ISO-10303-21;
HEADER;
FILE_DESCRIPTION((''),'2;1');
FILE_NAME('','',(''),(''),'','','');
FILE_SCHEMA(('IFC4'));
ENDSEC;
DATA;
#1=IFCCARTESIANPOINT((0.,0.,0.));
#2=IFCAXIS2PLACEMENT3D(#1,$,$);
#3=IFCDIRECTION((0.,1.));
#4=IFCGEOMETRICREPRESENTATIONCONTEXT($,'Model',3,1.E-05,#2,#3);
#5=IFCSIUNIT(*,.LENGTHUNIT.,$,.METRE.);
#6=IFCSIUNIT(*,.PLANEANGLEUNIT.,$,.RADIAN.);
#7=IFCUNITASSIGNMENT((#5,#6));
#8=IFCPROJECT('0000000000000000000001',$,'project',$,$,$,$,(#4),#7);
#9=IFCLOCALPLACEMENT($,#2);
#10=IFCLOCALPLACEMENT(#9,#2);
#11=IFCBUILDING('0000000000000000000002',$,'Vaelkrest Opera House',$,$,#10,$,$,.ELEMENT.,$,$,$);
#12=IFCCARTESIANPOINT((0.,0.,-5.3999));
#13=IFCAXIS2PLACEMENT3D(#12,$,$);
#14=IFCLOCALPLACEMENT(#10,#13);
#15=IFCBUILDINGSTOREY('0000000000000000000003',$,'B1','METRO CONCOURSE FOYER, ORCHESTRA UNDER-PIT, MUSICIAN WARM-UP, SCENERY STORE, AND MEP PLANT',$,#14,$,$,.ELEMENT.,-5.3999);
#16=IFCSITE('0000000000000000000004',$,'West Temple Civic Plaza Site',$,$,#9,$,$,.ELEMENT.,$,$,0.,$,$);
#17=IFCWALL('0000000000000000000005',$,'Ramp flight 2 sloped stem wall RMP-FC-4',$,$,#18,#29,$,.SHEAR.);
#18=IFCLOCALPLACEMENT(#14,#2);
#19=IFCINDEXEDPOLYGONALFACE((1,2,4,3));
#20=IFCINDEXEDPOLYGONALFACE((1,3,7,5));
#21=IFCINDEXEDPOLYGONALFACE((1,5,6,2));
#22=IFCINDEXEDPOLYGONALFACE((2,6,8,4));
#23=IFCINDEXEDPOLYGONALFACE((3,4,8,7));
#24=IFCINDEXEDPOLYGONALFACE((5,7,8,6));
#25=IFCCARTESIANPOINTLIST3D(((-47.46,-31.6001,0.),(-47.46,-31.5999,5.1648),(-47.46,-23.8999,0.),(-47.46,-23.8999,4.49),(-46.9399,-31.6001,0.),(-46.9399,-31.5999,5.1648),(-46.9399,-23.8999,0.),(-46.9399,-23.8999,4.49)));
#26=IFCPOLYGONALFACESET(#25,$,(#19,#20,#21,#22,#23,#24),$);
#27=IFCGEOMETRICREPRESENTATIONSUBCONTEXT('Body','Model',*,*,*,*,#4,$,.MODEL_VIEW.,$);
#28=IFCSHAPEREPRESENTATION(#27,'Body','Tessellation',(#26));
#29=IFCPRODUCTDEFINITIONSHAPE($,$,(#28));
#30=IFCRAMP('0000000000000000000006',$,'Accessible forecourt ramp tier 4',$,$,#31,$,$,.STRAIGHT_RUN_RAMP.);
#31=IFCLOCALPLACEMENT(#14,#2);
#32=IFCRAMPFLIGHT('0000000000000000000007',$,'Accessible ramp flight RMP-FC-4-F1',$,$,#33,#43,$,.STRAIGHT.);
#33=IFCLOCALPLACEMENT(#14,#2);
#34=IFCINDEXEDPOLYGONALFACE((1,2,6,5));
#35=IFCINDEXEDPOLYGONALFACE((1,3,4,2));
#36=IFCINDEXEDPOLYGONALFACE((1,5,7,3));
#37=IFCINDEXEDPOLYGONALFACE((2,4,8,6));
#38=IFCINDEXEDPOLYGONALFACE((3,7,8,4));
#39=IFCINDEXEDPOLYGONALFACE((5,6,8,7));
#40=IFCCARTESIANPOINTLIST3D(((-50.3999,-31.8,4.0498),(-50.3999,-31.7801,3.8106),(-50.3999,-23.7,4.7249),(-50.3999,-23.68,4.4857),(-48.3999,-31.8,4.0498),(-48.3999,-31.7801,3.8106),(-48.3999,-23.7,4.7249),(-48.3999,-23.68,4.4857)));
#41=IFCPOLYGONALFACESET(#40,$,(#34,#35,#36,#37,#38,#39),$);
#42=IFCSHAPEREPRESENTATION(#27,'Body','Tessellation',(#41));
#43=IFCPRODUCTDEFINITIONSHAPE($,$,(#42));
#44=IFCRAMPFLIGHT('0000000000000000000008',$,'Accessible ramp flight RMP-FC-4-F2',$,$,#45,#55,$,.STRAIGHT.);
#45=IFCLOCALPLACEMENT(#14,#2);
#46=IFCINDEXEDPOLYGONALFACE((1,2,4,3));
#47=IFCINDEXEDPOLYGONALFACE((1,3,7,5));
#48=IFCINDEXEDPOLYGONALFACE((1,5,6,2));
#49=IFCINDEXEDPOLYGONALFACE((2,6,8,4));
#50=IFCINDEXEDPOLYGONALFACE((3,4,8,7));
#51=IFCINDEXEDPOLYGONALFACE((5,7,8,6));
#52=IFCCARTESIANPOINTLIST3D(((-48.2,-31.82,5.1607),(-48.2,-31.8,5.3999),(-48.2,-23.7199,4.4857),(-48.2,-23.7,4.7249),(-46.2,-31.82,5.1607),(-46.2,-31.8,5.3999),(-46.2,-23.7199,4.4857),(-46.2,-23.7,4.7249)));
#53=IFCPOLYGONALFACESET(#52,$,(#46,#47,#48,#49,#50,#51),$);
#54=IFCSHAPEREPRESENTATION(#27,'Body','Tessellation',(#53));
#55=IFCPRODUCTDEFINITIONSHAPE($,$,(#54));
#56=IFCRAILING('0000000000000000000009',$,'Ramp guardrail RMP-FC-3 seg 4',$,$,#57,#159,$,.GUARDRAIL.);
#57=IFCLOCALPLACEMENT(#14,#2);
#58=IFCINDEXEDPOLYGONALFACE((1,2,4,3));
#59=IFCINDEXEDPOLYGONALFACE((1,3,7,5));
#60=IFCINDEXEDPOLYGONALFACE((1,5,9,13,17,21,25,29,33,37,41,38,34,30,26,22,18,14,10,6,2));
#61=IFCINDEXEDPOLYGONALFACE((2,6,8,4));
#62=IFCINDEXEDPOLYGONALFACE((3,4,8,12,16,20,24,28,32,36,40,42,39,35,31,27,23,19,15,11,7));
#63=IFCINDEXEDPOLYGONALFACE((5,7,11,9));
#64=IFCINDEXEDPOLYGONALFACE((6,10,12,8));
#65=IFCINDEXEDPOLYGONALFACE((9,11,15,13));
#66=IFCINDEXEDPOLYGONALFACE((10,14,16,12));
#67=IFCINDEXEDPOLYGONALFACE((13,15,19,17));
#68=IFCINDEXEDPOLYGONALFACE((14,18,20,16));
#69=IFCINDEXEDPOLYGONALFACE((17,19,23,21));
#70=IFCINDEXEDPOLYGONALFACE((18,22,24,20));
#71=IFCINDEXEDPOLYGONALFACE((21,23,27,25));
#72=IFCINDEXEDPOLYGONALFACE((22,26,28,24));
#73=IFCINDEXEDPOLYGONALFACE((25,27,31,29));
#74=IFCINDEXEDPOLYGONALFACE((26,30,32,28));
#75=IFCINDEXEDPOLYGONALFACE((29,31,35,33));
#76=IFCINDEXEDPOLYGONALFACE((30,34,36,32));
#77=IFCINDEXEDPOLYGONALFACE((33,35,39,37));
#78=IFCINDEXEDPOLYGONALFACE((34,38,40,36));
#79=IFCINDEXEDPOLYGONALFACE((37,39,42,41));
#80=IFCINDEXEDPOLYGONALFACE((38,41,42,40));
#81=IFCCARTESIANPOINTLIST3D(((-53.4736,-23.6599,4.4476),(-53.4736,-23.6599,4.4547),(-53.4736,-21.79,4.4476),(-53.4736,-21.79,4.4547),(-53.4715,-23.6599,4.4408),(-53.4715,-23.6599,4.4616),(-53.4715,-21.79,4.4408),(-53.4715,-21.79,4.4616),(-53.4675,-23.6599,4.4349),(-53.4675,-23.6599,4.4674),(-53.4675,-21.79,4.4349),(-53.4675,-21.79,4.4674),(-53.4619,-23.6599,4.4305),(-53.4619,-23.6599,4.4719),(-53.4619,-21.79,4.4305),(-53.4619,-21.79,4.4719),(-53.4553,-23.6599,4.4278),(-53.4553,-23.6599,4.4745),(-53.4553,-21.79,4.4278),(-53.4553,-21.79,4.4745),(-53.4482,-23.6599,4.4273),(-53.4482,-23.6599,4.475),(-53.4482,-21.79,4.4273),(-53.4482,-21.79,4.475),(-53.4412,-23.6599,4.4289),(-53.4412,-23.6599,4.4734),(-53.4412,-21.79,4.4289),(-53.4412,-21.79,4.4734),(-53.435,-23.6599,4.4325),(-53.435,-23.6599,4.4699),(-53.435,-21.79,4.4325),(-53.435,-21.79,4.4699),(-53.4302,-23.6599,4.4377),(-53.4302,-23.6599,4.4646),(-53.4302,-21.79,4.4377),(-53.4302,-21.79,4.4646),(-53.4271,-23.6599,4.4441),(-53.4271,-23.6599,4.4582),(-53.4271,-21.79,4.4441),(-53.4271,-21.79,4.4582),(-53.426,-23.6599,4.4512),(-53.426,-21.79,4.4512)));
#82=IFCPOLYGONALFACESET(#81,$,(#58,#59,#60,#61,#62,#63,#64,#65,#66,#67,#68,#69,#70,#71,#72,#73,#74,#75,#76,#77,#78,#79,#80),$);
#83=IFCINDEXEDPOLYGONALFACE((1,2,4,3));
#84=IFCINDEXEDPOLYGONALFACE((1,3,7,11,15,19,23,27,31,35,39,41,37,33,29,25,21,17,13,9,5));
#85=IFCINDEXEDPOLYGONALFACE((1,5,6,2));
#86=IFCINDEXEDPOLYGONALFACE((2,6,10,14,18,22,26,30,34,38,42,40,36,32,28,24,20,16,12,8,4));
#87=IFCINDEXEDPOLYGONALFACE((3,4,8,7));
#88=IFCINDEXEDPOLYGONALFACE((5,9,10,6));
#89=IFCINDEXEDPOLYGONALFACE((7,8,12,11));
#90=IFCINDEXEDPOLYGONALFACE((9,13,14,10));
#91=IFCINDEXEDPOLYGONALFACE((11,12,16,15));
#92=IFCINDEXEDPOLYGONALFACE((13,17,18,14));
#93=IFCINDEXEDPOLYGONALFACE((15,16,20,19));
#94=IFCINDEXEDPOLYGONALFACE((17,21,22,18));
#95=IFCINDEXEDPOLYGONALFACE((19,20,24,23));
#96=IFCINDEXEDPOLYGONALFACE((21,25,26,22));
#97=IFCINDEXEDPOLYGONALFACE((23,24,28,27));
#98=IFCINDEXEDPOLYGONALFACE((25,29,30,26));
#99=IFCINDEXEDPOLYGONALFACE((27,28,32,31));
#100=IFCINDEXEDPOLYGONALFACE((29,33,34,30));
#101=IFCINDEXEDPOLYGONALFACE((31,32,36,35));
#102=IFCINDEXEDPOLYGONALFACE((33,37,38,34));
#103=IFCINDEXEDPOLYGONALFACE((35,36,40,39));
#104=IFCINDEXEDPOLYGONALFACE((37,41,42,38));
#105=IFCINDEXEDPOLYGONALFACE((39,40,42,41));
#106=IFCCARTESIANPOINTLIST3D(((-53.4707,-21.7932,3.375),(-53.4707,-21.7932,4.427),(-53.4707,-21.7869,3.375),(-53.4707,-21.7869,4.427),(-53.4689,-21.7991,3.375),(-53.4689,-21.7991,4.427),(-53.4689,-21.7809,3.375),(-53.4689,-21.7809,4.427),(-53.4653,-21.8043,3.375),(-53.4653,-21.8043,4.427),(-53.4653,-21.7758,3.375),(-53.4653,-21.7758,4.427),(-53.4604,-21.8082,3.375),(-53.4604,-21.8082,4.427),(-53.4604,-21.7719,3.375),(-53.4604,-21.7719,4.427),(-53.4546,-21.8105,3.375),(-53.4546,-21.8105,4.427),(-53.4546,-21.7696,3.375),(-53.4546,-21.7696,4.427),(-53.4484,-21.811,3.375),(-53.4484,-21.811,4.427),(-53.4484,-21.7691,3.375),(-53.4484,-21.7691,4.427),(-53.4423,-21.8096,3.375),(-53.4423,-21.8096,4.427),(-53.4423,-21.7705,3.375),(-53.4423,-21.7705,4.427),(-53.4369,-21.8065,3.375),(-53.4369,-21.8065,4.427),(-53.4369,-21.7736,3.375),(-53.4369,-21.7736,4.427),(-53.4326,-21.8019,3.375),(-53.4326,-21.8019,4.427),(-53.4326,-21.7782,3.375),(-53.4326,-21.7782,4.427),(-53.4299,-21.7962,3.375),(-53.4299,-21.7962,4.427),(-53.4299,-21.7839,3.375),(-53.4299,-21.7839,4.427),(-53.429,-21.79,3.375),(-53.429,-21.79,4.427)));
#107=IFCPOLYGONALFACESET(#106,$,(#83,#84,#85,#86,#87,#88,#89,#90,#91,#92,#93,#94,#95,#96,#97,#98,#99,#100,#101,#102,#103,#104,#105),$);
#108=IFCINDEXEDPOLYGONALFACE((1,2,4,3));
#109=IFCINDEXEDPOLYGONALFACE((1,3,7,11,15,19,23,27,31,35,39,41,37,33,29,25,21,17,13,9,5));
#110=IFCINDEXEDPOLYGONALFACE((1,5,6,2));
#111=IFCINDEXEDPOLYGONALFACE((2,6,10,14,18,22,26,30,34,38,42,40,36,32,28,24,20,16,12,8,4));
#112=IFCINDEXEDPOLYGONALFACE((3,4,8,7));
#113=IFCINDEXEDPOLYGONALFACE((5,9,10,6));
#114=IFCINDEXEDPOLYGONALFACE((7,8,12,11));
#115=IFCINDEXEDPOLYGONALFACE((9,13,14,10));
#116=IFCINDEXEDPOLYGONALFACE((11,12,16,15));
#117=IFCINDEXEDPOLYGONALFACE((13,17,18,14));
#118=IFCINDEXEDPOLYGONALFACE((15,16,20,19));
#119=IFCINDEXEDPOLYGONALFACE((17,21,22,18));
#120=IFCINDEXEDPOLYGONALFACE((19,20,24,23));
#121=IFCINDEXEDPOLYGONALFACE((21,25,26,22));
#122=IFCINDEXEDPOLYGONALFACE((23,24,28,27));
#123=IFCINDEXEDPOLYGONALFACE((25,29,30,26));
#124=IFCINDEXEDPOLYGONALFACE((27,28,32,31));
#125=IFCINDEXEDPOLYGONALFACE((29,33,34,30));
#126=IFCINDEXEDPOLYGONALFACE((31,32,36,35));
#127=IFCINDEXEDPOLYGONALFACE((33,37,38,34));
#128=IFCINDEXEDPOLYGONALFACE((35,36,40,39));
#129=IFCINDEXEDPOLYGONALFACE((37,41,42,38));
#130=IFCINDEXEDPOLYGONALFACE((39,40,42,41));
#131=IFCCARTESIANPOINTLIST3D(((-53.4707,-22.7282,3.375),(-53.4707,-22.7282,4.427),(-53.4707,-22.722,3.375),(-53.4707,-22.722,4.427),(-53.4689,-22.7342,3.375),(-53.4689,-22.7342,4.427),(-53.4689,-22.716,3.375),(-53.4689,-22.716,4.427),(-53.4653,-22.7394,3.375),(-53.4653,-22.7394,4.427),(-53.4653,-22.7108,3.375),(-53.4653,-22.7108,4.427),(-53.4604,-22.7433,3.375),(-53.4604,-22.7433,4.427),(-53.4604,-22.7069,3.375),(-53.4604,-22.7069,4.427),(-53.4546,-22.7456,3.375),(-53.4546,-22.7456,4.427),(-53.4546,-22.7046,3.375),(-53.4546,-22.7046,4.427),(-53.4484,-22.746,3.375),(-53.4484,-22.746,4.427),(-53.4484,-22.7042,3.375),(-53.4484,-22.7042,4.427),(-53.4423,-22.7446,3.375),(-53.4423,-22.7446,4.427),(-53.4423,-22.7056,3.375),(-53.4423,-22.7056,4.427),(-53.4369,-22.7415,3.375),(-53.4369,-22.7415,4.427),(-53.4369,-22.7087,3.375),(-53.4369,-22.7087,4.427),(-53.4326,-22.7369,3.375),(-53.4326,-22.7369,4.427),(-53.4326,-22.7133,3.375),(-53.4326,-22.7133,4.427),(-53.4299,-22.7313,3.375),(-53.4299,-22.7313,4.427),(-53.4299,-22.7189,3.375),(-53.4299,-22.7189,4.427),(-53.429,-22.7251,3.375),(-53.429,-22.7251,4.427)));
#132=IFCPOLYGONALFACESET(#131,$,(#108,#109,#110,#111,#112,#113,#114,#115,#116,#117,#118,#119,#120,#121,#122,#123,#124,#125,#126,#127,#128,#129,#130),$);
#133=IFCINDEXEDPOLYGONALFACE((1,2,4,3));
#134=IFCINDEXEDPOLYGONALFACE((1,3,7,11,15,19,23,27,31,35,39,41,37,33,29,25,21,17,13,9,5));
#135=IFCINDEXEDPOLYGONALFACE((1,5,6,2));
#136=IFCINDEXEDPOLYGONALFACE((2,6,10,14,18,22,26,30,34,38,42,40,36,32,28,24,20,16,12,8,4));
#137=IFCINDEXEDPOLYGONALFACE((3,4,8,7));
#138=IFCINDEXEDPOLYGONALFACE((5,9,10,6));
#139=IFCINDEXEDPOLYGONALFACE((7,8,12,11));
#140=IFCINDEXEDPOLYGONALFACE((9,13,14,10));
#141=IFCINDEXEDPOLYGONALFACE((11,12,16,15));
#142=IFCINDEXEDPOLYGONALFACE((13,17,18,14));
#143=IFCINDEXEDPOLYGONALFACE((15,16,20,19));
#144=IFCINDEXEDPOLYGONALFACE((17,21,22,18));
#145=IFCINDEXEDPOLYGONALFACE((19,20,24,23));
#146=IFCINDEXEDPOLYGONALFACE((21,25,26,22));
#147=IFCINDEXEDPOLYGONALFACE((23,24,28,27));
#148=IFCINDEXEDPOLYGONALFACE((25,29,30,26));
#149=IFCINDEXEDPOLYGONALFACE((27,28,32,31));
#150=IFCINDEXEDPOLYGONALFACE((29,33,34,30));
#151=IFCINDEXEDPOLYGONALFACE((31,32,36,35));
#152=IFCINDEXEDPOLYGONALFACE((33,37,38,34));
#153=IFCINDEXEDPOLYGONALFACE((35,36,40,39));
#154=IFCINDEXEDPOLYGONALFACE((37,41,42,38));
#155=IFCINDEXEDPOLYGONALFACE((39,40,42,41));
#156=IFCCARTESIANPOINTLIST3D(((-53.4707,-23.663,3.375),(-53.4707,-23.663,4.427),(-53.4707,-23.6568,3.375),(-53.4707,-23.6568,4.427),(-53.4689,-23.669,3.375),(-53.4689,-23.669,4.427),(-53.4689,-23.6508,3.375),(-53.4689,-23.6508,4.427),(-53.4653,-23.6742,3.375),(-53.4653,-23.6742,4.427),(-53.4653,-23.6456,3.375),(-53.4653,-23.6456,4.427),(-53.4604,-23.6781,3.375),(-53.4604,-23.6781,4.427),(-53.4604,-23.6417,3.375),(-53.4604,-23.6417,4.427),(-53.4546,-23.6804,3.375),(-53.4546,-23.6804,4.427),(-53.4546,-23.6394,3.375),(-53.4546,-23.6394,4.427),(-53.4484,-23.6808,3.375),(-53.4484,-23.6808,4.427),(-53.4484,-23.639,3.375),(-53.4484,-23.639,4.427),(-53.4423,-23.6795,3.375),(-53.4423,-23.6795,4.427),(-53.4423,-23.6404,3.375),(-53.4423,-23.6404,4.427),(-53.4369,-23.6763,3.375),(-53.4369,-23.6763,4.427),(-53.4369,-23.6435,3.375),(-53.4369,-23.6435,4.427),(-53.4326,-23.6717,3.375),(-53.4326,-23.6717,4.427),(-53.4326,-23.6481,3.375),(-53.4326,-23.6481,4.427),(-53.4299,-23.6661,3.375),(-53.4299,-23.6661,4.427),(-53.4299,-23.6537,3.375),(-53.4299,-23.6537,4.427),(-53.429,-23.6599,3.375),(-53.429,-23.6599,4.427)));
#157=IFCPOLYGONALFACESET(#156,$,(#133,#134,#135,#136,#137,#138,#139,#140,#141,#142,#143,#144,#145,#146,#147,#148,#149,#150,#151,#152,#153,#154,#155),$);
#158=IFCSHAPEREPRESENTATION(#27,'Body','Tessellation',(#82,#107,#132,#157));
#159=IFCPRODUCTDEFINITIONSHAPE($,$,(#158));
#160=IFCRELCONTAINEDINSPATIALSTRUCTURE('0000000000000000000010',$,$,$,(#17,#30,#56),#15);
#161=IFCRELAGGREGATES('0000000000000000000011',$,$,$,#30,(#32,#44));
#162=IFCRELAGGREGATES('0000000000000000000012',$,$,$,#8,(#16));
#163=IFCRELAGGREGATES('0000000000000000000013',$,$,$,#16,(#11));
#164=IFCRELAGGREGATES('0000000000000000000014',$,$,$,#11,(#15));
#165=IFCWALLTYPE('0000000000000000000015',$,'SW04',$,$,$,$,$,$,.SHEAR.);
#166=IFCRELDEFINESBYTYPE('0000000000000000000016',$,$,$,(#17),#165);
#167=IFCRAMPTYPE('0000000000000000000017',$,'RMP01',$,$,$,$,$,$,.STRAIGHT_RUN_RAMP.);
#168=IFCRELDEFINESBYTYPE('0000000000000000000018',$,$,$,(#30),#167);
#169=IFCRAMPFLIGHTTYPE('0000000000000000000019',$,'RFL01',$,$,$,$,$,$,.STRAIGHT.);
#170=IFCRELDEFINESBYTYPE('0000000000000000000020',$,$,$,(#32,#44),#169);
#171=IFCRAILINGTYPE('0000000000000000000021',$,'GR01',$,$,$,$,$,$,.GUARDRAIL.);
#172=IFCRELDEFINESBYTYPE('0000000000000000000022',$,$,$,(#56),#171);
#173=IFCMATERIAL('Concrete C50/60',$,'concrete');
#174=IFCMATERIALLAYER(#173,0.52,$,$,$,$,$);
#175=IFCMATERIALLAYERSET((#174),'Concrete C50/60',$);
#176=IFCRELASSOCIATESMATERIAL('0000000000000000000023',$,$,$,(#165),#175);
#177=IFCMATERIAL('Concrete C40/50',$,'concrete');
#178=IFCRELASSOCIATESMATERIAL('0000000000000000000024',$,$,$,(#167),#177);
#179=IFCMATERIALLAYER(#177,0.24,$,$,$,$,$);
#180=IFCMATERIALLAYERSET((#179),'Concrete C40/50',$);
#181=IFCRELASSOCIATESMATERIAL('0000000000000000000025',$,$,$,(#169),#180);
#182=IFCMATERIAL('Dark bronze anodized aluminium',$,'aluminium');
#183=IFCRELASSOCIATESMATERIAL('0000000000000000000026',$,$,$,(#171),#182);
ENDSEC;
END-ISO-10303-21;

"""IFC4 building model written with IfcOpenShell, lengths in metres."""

from ifc_helpers import new_model, si_unit, direction, frame, origin, origin_2d, place, context, subcontext, project, spatial, polyline, circle, outline, extrude, material, layer, layer_set, type_object, element, aggregate, save


model = new_model("IFC4")

# Units and contexts
model_context = context("Model", 3, precision=1e-05, world=origin(), true_north=direction((0.0, 1.0)))
body_context = subcontext(model_context, "Body", "Model", "MODEL_VIEW")
ifc_project = project(units=[si_unit("LENGTHUNIT", "METRE"), si_unit("PLANEANGLEUNIT", "RADIAN")], contexts=[model_context])

# Site, building, storey
site_placement = place(None, origin())
site = spatial("IfcSite", under=ifc_project, at=site_placement, Name="West Temple Civic Plaza Site", CompositionType="ELEMENT", RefElevation=0.0)
building_placement = place(site_placement, origin())
building = spatial("IfcBuilding", under=site, at=building_placement, Name="Vaelkrest Opera House", CompositionType="ELEMENT")
storey_placement = place(building_placement, frame((0.0, 0.0, -5.3999)))
storey = spatial("IfcBuildingStorey", under=building, at=storey_placement, Name="B1", Description="METRO CONCOURSE FOYER, ORCHESTRA UNDER-PIT, MUSICIAN WARM-UP, SCENERY STORE, AND MEP PLANT", CompositionType="ELEMENT", Elevation=-5.3999)

# Shared definitions
ifc_material_1 = material(Name="Concrete C40/50", Category="concrete")

# Shared definitions
ifc_material_2 = material(Name="Dark bronze anodized aluminium", Category="aluminium")

# Wall
ifc_material_3 = material(Name="Concrete C50/60", Category="concrete")
ifc_layer_1 = layer(ifc_material_3, 0.52)
ifc_layer_set_1 = layer_set([ifc_layer_1], Name="Concrete C50/60")
wall_type = type_object("IfcWallType", Name="SW04", PredefinedType="SHEAR", material=ifc_layer_set_1)
wall_1_placement = place(storey_placement, frame((-47.2, -23.8999, 0.0), z_axis=(0.0, 0.0, 1.0), x_axis=(0.0, -1.0, 0.0)))
element("IfcWall", 1, at=wall_1_placement, inside=storey, type_object=wall_type, Name="Ramp flight 2 sloped stem wall RMP-FC-4", PredefinedType="SHEAR", context=body_context, shape_type="SweptSolid", body=[
    extrude(outline(polyline([(0.0, 0.0), (7.7002, 0.0), (7.7, 5.1648), (0.0, 4.49), (0.0, 0.0)])), frame((0.0, 0.26, 0.0), z_axis=(0.0, -1.0, 0.0), x_axis=(1.0, 0.0, 0.0)), (0.0, 0.0, 1.0), 0.52),
])

# Ramp, ramp flights
ramp_type = type_object("IfcRampType", Name="RMP01", PredefinedType="STRAIGHT_RUN_RAMP", material=ifc_material_1)
ramp_placement = place(storey_placement, origin())
ramp = element("IfcRamp", 2, at=ramp_placement, inside=storey, type_object=ramp_type, Name="Accessible forecourt ramp tier 4", PredefinedType="STRAIGHT_RUN_RAMP")
ifc_layer_2 = layer(ifc_material_1, 0.24)
ifc_layer_set_2 = layer_set([ifc_layer_2], Name="Concrete C40/50")
ramp_flight_type = type_object("IfcRampFlightType", Name="RFL01", PredefinedType="STRAIGHT", material=ifc_layer_set_2)
ramp_flight_1_placement = place(storey_placement, frame((-50.3999, -31.8, 4.0498), z_axis=(0.0, -0.08305, 0.996545), x_axis=(1.0, 0.0, 0.0)))
ramp_flight_1 = element("IfcRampFlight", 3, at=ramp_flight_1_placement, type_object=ramp_flight_type, Name="Accessible ramp flight RMP-FC-4-F1", PredefinedType="STRAIGHT", context=body_context, shape_type="SweptSolid", body=[
    extrude(outline(polyline([(0.0, 0.0), (2.0, 0.0), (2.0, 8.1282), (0.0, 8.1282), (0.0, 0.0)])), origin(), (0.0, 0.0, -1.0), 0.24),
])
ramp_flight_2_placement = place(storey_placement, frame((-48.2, -23.7, 4.7249), z_axis=(0.0, 0.08305, 0.996545), x_axis=(1.0, 0.0, 0.0)))
ramp_flight_2 = element("IfcRampFlight", 4, at=ramp_flight_2_placement, type_object=ramp_flight_type, Name="Accessible ramp flight RMP-FC-4-F2", PredefinedType="STRAIGHT", context=body_context, shape_type="SweptSolid", body=[
    extrude(outline(polyline([(0.0, 0.0), (2.0, 0.0), (2.0, -8.1282), (0.0, -8.1282), (0.0, 0.0)])), origin(), (0.0, 0.0, -1.0), 0.24),
])
aggregate(ramp, [ramp_flight_1, ramp_flight_2])

# Railing
railing_type = type_object("IfcRailingType", Name="GR01", PredefinedType="GUARDRAIL", material=ifc_material_2)
railing_1_placement = place(storey_placement, frame((-53.45, -21.79, 3.375)))
element("IfcRailing", 5, at=railing_1_placement, inside=storey, type_object=railing_type, Name="Ramp guardrail RMP-FC-3 seg 4", PredefinedType="GUARDRAIL", context=body_context, shape_type="SweptSolid", body=[
    extrude(circle(Radius=0.0239, at=origin_2d()), frame((0.0, 0.0, 1.0762), z_axis=(0.0, -1.0, 0.0), x_axis=(1.0, 0.0, 0.0)), (0.0, 0.0, 1.0), 1.8699),
    extrude(circle(Radius=0.021, at=origin_2d()), origin(), (0.0, 0.0, 1.0), 1.052),
    extrude(circle(Radius=0.021, at=origin_2d()), frame((0.0, -0.9351, 0.0)), (0.0, 0.0, 1.0), 1.052),
    extrude(circle(Radius=0.021, at=origin_2d()), frame((0.0, -1.8699, 0.0)), (0.0, 0.0, 1.0), 1.052),
])

save(model, "model.ifc")
